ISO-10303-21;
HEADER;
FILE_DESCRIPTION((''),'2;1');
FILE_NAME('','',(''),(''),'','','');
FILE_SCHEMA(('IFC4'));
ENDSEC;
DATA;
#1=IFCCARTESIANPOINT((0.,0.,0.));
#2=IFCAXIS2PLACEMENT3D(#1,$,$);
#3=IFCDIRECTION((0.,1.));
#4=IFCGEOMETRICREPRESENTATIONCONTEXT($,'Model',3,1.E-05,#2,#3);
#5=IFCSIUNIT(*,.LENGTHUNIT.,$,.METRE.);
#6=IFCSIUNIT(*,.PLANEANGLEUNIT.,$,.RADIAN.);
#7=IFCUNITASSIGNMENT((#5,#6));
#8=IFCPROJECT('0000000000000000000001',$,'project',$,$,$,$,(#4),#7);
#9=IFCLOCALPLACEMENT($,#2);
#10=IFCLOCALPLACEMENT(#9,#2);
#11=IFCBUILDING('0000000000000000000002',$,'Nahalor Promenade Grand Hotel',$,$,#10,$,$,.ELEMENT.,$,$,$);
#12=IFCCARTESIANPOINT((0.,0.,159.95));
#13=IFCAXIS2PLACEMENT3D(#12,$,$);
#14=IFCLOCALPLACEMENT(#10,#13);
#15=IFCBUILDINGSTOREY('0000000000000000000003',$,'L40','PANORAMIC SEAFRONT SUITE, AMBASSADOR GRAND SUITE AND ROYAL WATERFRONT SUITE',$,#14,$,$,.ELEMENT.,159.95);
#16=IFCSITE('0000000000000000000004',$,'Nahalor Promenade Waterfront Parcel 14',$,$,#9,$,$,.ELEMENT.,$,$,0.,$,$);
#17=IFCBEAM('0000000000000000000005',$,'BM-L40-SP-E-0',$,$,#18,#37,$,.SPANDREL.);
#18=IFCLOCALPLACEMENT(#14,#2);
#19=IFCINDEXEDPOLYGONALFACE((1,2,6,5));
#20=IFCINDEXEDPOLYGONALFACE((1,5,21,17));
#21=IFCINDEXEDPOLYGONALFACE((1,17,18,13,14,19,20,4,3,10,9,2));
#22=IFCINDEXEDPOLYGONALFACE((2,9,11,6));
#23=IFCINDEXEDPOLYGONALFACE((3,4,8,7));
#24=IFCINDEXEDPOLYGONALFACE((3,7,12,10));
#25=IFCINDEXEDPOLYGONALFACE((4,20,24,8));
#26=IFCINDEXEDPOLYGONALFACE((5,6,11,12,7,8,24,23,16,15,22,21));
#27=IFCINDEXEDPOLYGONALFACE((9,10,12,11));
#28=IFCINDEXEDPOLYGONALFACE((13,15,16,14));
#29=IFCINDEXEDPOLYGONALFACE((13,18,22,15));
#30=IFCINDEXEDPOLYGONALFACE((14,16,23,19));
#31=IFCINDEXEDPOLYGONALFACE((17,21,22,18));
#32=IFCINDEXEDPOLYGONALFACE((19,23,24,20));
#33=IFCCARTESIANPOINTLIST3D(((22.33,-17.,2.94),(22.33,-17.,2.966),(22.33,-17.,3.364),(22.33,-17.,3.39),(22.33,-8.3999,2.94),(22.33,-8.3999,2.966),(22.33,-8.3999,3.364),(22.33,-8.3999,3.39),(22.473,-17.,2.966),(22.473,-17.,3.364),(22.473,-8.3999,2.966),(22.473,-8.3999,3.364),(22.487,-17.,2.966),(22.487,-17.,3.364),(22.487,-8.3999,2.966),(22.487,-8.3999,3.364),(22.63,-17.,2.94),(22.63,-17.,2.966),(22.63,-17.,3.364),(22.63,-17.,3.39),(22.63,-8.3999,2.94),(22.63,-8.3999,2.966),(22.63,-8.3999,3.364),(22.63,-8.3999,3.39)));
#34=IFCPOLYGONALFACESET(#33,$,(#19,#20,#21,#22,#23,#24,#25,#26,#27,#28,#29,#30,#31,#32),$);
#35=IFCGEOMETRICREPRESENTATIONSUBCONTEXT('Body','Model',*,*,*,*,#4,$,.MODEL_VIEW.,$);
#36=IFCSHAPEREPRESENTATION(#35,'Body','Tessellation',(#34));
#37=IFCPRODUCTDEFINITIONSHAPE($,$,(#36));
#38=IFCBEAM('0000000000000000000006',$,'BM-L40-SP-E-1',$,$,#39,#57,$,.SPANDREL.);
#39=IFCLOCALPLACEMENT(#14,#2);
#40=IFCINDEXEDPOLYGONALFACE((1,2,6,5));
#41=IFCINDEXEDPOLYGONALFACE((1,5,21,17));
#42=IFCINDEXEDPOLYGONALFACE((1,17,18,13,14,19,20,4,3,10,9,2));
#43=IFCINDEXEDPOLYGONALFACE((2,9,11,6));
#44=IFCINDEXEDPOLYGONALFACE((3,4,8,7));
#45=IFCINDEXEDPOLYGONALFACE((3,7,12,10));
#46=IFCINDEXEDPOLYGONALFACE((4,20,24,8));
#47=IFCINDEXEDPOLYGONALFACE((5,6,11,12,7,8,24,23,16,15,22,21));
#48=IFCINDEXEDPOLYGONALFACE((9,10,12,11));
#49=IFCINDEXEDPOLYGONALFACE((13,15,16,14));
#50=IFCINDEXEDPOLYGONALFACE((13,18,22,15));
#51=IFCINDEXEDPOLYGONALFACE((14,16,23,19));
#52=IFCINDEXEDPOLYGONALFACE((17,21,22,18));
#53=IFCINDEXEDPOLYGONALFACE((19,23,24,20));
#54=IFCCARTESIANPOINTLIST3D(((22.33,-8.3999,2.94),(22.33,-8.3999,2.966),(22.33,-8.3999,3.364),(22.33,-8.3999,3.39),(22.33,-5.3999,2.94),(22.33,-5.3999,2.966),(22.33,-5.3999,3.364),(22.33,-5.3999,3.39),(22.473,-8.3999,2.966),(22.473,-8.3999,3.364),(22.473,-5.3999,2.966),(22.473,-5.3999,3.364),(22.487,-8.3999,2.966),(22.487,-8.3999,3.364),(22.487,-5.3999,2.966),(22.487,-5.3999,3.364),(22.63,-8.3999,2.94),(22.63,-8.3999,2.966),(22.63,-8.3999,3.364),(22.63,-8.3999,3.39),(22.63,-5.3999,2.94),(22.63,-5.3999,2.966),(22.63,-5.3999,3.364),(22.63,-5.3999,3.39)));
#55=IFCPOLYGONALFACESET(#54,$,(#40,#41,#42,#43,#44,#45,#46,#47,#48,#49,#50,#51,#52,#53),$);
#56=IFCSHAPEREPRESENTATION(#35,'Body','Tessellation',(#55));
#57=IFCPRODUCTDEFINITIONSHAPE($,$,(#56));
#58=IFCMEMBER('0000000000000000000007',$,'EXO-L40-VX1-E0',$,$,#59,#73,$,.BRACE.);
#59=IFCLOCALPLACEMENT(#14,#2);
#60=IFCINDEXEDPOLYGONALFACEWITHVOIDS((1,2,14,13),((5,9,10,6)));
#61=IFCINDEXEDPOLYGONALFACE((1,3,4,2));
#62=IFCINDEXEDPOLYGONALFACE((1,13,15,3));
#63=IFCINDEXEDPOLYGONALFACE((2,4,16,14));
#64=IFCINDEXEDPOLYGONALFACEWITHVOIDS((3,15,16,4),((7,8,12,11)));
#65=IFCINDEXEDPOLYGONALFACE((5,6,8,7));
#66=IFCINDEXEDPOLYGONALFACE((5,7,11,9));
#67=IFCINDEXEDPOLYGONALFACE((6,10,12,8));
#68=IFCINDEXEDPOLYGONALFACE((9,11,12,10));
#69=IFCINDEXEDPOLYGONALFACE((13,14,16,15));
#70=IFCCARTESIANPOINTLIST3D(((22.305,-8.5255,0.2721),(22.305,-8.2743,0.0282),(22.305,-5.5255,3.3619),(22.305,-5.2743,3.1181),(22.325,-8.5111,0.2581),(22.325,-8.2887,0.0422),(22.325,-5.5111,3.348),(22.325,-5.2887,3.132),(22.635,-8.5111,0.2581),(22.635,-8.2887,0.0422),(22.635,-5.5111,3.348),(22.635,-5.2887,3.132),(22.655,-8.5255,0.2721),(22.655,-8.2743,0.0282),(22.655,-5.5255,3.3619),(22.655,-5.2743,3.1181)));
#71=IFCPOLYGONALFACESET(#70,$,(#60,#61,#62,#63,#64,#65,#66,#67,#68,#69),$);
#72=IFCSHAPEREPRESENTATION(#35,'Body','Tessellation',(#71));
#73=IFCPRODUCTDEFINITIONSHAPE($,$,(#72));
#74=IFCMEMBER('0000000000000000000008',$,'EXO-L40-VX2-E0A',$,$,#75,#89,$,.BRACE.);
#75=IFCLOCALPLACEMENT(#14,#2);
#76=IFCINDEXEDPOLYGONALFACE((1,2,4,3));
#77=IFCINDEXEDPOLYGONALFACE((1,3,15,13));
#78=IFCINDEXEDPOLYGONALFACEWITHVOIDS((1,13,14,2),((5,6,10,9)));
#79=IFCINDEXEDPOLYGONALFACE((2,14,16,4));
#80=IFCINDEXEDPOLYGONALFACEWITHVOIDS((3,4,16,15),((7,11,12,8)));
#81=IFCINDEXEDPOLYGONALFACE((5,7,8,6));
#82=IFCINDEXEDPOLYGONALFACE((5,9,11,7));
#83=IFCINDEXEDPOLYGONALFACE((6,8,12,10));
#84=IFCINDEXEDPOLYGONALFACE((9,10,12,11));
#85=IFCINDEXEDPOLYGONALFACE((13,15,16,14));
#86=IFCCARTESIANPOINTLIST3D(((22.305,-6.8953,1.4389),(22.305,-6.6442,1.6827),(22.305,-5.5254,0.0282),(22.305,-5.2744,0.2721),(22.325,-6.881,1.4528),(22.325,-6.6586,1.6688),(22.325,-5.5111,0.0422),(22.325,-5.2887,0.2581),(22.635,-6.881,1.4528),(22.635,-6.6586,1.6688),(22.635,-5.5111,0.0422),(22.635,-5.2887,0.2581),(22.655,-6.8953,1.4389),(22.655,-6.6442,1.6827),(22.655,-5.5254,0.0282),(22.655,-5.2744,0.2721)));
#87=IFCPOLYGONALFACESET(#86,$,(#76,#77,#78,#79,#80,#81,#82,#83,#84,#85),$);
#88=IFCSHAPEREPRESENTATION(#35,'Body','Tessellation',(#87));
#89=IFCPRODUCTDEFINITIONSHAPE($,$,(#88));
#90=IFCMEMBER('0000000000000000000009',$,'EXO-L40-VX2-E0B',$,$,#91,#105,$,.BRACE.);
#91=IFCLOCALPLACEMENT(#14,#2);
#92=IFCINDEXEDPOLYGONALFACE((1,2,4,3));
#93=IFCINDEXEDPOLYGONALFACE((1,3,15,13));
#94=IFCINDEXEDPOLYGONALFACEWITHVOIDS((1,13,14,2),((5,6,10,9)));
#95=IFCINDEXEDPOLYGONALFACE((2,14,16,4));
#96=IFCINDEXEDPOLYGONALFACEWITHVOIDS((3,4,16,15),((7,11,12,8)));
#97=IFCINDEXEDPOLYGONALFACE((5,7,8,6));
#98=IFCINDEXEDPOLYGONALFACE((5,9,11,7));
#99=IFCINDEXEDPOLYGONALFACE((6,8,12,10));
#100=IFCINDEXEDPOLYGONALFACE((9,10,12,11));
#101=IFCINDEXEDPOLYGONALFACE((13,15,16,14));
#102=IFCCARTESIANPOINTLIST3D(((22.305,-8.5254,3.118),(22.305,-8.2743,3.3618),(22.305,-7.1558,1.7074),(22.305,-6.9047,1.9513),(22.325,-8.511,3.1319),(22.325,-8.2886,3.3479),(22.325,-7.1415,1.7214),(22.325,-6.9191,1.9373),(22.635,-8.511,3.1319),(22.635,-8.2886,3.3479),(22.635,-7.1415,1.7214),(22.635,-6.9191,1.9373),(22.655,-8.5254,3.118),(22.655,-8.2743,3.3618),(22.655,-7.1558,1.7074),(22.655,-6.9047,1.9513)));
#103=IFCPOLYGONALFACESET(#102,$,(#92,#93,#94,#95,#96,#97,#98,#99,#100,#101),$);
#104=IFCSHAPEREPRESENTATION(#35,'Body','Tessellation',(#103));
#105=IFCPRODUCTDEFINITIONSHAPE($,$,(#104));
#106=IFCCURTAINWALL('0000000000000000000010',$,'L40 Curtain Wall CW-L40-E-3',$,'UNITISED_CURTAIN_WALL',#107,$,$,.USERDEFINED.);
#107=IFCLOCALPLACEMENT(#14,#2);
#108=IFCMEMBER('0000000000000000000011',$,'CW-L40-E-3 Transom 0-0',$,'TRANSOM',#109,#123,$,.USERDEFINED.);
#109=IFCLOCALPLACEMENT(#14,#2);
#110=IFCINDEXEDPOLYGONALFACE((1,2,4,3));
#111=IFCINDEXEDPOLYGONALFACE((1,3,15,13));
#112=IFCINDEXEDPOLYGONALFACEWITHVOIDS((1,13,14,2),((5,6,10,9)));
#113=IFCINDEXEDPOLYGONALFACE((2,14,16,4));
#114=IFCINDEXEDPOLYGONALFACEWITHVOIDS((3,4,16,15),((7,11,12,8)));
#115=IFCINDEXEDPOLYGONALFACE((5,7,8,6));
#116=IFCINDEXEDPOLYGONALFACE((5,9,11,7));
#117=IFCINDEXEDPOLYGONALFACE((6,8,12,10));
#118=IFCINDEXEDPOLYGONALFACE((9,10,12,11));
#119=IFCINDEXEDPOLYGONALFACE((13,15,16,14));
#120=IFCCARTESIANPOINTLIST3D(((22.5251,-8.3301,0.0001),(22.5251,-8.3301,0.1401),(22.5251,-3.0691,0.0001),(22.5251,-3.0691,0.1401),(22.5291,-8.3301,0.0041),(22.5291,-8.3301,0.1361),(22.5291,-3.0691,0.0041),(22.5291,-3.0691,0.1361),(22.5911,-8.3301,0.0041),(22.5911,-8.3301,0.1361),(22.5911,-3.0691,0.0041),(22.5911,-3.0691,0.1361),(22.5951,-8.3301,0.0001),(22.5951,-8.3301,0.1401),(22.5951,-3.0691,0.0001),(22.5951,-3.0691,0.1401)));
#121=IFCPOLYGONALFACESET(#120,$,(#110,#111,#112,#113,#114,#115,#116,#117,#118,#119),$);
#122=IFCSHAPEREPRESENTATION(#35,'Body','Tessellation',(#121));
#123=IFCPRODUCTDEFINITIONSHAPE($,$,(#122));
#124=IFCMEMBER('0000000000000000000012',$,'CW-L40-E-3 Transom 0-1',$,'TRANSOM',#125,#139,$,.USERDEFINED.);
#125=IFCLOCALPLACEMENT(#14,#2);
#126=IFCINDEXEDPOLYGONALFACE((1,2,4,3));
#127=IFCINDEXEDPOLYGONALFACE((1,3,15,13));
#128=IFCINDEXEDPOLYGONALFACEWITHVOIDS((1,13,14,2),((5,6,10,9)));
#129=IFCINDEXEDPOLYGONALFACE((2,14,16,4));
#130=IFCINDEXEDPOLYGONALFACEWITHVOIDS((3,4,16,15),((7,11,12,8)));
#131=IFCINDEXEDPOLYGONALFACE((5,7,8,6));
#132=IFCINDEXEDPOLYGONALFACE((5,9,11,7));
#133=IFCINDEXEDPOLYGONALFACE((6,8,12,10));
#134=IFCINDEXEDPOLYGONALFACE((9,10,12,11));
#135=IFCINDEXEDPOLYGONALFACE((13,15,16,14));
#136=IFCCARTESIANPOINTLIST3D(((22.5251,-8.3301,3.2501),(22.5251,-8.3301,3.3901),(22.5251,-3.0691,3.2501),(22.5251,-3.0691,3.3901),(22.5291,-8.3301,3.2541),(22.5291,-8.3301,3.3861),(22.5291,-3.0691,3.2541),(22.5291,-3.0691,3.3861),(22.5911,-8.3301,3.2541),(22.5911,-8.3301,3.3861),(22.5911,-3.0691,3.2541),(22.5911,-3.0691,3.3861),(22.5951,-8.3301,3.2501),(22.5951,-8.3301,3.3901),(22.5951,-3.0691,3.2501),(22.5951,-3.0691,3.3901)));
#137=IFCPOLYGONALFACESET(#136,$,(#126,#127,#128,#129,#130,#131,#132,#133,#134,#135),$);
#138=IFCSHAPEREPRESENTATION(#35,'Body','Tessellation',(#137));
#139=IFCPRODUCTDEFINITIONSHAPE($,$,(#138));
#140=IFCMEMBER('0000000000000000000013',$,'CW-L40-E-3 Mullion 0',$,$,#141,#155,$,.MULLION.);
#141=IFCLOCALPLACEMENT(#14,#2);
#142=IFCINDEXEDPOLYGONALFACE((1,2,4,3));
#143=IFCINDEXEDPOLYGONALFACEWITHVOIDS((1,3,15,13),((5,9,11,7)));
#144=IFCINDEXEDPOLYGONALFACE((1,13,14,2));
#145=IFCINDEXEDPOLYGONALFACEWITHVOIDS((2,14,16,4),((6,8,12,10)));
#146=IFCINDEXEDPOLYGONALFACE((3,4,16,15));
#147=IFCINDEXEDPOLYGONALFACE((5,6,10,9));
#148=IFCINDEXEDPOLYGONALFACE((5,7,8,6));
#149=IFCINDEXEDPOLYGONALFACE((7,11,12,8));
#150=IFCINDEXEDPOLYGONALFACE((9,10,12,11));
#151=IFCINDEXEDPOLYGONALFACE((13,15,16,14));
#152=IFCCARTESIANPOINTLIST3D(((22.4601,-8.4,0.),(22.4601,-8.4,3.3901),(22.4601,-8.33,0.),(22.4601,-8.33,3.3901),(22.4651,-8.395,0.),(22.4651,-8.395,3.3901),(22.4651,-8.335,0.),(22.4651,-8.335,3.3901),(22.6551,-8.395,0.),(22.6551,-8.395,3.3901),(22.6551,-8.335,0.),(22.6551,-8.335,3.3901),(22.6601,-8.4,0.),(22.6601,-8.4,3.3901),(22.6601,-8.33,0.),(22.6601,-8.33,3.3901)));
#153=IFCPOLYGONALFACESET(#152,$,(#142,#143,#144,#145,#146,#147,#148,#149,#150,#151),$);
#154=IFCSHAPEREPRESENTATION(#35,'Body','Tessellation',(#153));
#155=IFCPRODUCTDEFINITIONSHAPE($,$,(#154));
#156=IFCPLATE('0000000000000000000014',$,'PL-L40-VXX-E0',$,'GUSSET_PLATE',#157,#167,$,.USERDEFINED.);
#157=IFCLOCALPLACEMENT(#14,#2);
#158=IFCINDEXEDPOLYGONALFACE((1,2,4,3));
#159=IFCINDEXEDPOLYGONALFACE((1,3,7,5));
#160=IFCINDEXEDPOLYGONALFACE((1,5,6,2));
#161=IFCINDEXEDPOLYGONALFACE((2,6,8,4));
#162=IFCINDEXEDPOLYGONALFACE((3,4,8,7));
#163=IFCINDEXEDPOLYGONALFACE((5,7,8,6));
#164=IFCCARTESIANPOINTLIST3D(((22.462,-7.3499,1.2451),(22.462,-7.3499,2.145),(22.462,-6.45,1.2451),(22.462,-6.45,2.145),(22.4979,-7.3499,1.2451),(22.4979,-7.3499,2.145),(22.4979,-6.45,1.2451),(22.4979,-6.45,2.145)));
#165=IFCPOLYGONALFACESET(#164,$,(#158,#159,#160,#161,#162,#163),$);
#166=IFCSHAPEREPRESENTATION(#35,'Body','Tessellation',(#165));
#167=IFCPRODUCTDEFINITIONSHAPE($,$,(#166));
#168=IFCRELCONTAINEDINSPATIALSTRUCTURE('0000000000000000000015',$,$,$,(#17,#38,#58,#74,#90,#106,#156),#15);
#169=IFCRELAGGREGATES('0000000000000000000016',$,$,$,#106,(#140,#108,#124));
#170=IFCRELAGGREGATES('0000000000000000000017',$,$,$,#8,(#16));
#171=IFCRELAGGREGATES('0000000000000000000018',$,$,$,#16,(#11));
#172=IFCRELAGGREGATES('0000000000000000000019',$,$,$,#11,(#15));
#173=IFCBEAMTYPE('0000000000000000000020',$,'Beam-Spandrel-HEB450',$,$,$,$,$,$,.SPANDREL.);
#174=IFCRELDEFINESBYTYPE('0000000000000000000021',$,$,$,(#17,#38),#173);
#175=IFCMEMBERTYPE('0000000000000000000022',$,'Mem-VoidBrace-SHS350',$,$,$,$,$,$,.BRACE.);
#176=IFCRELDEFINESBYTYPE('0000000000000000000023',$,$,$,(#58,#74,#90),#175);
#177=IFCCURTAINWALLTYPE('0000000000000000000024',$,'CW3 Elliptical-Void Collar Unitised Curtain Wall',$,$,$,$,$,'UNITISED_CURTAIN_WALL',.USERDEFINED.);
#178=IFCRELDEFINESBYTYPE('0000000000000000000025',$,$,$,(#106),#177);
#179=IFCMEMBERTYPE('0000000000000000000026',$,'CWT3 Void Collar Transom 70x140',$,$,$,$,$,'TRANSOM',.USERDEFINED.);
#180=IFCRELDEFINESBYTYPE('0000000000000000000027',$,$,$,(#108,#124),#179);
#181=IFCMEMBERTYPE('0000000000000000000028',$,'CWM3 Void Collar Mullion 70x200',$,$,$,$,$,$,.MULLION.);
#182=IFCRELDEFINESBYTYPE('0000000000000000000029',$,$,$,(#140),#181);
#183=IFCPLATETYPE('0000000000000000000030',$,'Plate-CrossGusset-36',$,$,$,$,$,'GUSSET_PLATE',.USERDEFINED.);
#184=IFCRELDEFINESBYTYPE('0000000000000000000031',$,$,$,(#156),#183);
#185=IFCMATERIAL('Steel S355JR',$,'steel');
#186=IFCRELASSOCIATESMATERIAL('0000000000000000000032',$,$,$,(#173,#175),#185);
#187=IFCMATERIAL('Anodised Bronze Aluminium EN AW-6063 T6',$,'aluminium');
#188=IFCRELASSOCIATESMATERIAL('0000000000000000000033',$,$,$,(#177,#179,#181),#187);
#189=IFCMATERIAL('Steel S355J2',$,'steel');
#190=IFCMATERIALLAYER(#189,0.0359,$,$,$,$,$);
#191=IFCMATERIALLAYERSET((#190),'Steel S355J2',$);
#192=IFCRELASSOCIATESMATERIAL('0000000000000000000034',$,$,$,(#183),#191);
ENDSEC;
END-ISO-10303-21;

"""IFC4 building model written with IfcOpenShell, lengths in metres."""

from ifc_helpers import new_model, si_unit, direction, frame, origin, origin_2d, place, context, subcontext, project, spatial, rectangle, hollow_rectangle, i_section, extrude, source, transform, mapped, material, layer, layer_set, material_profile, profile_set, type_object, element, aggregate, save


model = new_model("IFC4")

# Units and contexts
model_context = context("Model", 3, precision=1e-05, world=origin(), true_north=direction((0.0, 1.0)))
body_context = subcontext(model_context, "Body", "Model", "MODEL_VIEW")
ifc_project = project(units=[si_unit("LENGTHUNIT", "METRE"), si_unit("PLANEANGLEUNIT", "RADIAN")], contexts=[model_context])

# Site, building, storey
site_placement = place(None, origin())
site = spatial("IfcSite", under=ifc_project, at=site_placement, Name="Nahalor Promenade Waterfront Parcel 14", CompositionType="ELEMENT", RefElevation=0.0)
building_placement = place(site_placement, origin())
building = spatial("IfcBuilding", under=site, at=building_placement, Name="Nahalor Promenade Grand Hotel", CompositionType="ELEMENT")
storey_placement = place(building_placement, frame((0.0, 0.0, 159.95)))
storey = spatial("IfcBuildingStorey", under=building, at=storey_placement, Name="L40", Description="PANORAMIC SEAFRONT SUITE, AMBASSADOR GRAND SUITE AND ROYAL WATERFRONT SUITE", CompositionType="ELEMENT", Elevation=159.95)

# Shared definitions
ifc_material_1 = material(Name="Steel S355J2", Category="steel")

# Beams
ifc_material_2 = material(Name="Steel S355JR", Category="steel")
ifc_material_profile_1 = material_profile(ifc_material_2, i_section(OverallWidth=0.3, OverallDepth=0.45, WebThickness=0.014, FlangeThickness=0.026, at=origin_2d()), Name="HEB 450")
ifc_profile_set_1 = profile_set([ifc_material_profile_1], Name="Steel S355JR")
beam_type_1 = type_object("IfcBeamType", Name="Beam-Spandrel-HEB450", PredefinedType="SPANDREL", material=ifc_profile_set_1)
shared_shape_1 = source(origin(), body_context, "Body", "SweptSolid", [
    extrude(i_section(OverallWidth=0.3, OverallDepth=0.45, WebThickness=0.014, FlangeThickness=0.026, at=origin_2d()), origin(), (0.0, 0.0, 1.0), 8.6001),
])
beam_1_placement = place(storey_placement, frame((22.48, -17.0, 3.165), z_axis=(0.0, 1.0, 0.0), x_axis=(-1.0, 0.0, 0.0)))
element("IfcBeam", 1, at=beam_1_placement, inside=storey, type_object=beam_type_1, Name="BM-L40-SP-E-0", PredefinedType="SPANDREL", context=body_context, shape_type="MappedRepresentation", body=[
    mapped(shared_shape_1, transform((0.0, 0.0, 0.0), scale=1.0)),
])
shared_shape_2 = source(origin(), body_context, "Body", "SweptSolid", [
    extrude(i_section(OverallWidth=0.3, OverallDepth=0.45, WebThickness=0.014, FlangeThickness=0.026, at=origin_2d()), origin(), (0.0, 0.0, 1.0), 3.0),
])
beam_2_placement = place(storey_placement, frame((22.48, -8.3999, 3.165), z_axis=(0.0, 1.0, 0.0), x_axis=(-1.0, 0.0, 0.0)))
element("IfcBeam", 2, at=beam_2_placement, inside=storey, type_object=beam_type_1, Name="BM-L40-SP-E-1", PredefinedType="SPANDREL", context=body_context, shape_type="MappedRepresentation", body=[
    mapped(shared_shape_2, transform((0.0, 0.0, 0.0), scale=1.0)),
])

# Members
ifc_material_profile_2 = material_profile(ifc_material_2, hollow_rectangle(XDim=0.35, YDim=0.35, WallThickness=0.02, at=origin_2d()), Name="SHS 350x350x20")
ifc_profile_set_2 = profile_set([ifc_material_profile_2], Name="Steel S355JR")
member_type_1 = type_object("IfcMemberType", Name="Mem-VoidBrace-SHS350", PredefinedType="BRACE", material=ifc_profile_set_2)
shared_shape_3 = source(origin(), body_context, "Body", "SweptSolid", [
    extrude(hollow_rectangle(XDim=0.35, YDim=0.35, WallThickness=0.02, at=origin_2d()), origin(), (0.0, 0.0, 1.0), 4.3066),
])
member_1_placement = place(storey_placement, frame((22.48, -8.3999, 0.1501), z_axis=(0.0, 0.696599, 0.717461), x_axis=(-1.0, 0.0, 0.0)))
element("IfcMember", 3, at=member_1_placement, inside=storey, type_object=member_type_1, Name="EXO-L40-VX1-E0", PredefinedType="BRACE", context=body_context, shape_type="MappedRepresentation", body=[
    mapped(shared_shape_3, transform((0.0, 0.0, 0.0), scale=1.0)),
])
shared_shape_4 = source(origin(), body_context, "Body", "SweptSolid", [
    extrude(hollow_rectangle(XDim=0.35, YDim=0.35, WallThickness=0.02, at=origin_2d()), origin(), (0.0, 0.0, 1.0), 1.9663),
])
member_2_placement = place(storey_placement, frame((22.48, -5.3999, 0.1501), z_axis=(0.0, -0.696663, 0.717398), x_axis=(1.0, 0.0, 0.0)))
element("IfcMember", 4, at=member_2_placement, inside=storey, type_object=member_type_1, Name="EXO-L40-VX2-E0A", PredefinedType="BRACE", context=body_context, shape_type="MappedRepresentation", body=[
    mapped(shared_shape_4, transform((0.0, 0.0, 0.0), scale=1.0)),
])
shared_shape_5 = source(origin(), body_context, "Body", "SweptSolid", [
    extrude(hollow_rectangle(XDim=0.35, YDim=0.35, WallThickness=0.02, at=origin_2d()), origin(), (0.0, 0.0, 1.0), 1.9661),
])
member_3_placement = place(storey_placement, frame((22.48, -7.0303, 1.8293), z_axis=(0.0, -0.696599, 0.71746), x_axis=(1.0, 0.0, 0.0)))
element("IfcMember", 5, at=member_3_placement, inside=storey, type_object=member_type_1, Name="EXO-L40-VX2-E0B", PredefinedType="BRACE", context=body_context, shape_type="MappedRepresentation", body=[
    mapped(shared_shape_5, transform((0.0, 0.0, 0.0), scale=1.0)),
])

# Curtain wall, members
ifc_material_3 = material(Name="Anodised Bronze Aluminium EN AW-6063 T6", Category="aluminium")
curtain_wall_type = type_object("IfcCurtainWallType", Name="CW3 Elliptical-Void Collar Unitised Curtain Wall", ElementType="UNITISED_CURTAIN_WALL", PredefinedType="USERDEFINED", material=ifc_material_3)
curtain_wall_placement = place(storey_placement, origin())
curtain_wall = element("IfcCurtainWall", 6, at=curtain_wall_placement, inside=storey, type_object=curtain_wall_type, Name="L40 Curtain Wall CW-L40-E-3", ObjectType="UNITISED_CURTAIN_WALL", PredefinedType="USERDEFINED")
ifc_material_profile_3 = material_profile(ifc_material_3, hollow_rectangle(XDim=0.07, YDim=0.14, WallThickness=0.004, at=origin_2d()), Name="CWT 70x140x4")
ifc_profile_set_3 = profile_set([ifc_material_profile_3], Name="Anodised Bronze Aluminium EN AW-6063 T6")
member_type_2 = type_object("IfcMemberType", Name="CWT3 Void Collar Transom 70x140", ElementType="TRANSOM", PredefinedType="USERDEFINED", material=ifc_profile_set_3)
shared_shape_6 = source(origin(), body_context, "Body", "SweptSolid", [
    extrude(hollow_rectangle(XDim=0.07, YDim=0.14, WallThickness=0.004, at=origin_2d()), origin(), (0.0, 0.0, 1.0), 5.261),
])
member_4_placement = place(storey_placement, frame((22.5601, -8.3301, 0.0701), z_axis=(0.0, 1.0, 0.0), x_axis=(-1.0, 0.0, 0.0)))
member_4 = element("IfcMember", 7, at=member_4_placement, type_object=member_type_2, Name="CW-L40-E-3 Transom 0-0", ObjectType="TRANSOM", PredefinedType="USERDEFINED", context=body_context, shape_type="MappedRepresentation", body=[
    mapped(shared_shape_6, transform((0.0, 0.0, 0.0), scale=1.0)),
])
member_5_placement = place(storey_placement, frame((22.5601, -8.3301, 3.3201), z_axis=(0.0, 1.0, 0.0), x_axis=(-1.0, 0.0, 0.0)))
member_5 = element("IfcMember", 8, at=member_5_placement, type_object=member_type_2, Name="CW-L40-E-3 Transom 0-1", ObjectType="TRANSOM", PredefinedType="USERDEFINED", context=body_context, shape_type="MappedRepresentation", body=[
    mapped(shared_shape_6, transform((0.0, 0.0, 0.0), scale=1.0)),
])
ifc_material_profile_4 = material_profile(ifc_material_3, hollow_rectangle(XDim=0.07, YDim=0.2, WallThickness=0.005, at=origin_2d()), Name="CWM 70x200x5")
ifc_profile_set_4 = profile_set([ifc_material_profile_4], Name="Anodised Bronze Aluminium EN AW-6063 T6")
member_type_3 = type_object("IfcMemberType", Name="CWM3 Void Collar Mullion 70x200", PredefinedType="MULLION", material=ifc_profile_set_4)
shared_shape_7 = source(origin(), body_context, "Body", "SweptSolid", [
    extrude(hollow_rectangle(XDim=0.07, YDim=0.2, WallThickness=0.005, at=origin_2d()), origin(), (0.0, 0.0, 1.0), 3.3901),
])
member_6_placement = place(storey_placement, frame((22.5601, -8.365, 0.0), z_axis=(0.0, 0.0, 1.0), x_axis=(0.0, 1.0, 0.0)))
member_6 = element("IfcMember", 9, at=member_6_placement, type_object=member_type_3, Name="CW-L40-E-3 Mullion 0", PredefinedType="MULLION", context=body_context, shape_type="MappedRepresentation", body=[
    mapped(shared_shape_7, transform((0.0, 0.0, 0.0), scale=1.0)),
])
aggregate(curtain_wall, [member_6, member_4, member_5])

# Plate
ifc_layer_1 = layer(ifc_material_1, 0.0359)
ifc_layer_set_1 = layer_set([ifc_layer_1], Name="Steel S355J2")
plate_type_1 = type_object("IfcPlateType", Name="Plate-CrossGusset-36", ElementType="GUSSET_PLATE", PredefinedType="USERDEFINED", material=ifc_layer_set_1)
shared_shape_8 = source(origin(), body_context, "Body", "SweptSolid", [
    extrude(rectangle(XDim=0.8999, YDim=0.0359, at=origin_2d()), origin(), (0.0, 0.0, 1.0), 0.8999),
])
plate_1_placement = place(storey_placement, frame((22.48, -6.8999, 1.2451), z_axis=(0.0, 0.0, 1.0), x_axis=(0.0, 1.0, 0.0)))
element("IfcPlate", 10, at=plate_1_placement, inside=storey, type_object=plate_type_1, Name="PL-L40-VXX-E0", ObjectType="GUSSET_PLATE", PredefinedType="USERDEFINED", context=body_context, shape_type="MappedRepresentation", body=[
    mapped(shared_shape_8, transform((0.0, 0.0, 0.0), scale=1.0)),
])

save(model, "model.ifc")
